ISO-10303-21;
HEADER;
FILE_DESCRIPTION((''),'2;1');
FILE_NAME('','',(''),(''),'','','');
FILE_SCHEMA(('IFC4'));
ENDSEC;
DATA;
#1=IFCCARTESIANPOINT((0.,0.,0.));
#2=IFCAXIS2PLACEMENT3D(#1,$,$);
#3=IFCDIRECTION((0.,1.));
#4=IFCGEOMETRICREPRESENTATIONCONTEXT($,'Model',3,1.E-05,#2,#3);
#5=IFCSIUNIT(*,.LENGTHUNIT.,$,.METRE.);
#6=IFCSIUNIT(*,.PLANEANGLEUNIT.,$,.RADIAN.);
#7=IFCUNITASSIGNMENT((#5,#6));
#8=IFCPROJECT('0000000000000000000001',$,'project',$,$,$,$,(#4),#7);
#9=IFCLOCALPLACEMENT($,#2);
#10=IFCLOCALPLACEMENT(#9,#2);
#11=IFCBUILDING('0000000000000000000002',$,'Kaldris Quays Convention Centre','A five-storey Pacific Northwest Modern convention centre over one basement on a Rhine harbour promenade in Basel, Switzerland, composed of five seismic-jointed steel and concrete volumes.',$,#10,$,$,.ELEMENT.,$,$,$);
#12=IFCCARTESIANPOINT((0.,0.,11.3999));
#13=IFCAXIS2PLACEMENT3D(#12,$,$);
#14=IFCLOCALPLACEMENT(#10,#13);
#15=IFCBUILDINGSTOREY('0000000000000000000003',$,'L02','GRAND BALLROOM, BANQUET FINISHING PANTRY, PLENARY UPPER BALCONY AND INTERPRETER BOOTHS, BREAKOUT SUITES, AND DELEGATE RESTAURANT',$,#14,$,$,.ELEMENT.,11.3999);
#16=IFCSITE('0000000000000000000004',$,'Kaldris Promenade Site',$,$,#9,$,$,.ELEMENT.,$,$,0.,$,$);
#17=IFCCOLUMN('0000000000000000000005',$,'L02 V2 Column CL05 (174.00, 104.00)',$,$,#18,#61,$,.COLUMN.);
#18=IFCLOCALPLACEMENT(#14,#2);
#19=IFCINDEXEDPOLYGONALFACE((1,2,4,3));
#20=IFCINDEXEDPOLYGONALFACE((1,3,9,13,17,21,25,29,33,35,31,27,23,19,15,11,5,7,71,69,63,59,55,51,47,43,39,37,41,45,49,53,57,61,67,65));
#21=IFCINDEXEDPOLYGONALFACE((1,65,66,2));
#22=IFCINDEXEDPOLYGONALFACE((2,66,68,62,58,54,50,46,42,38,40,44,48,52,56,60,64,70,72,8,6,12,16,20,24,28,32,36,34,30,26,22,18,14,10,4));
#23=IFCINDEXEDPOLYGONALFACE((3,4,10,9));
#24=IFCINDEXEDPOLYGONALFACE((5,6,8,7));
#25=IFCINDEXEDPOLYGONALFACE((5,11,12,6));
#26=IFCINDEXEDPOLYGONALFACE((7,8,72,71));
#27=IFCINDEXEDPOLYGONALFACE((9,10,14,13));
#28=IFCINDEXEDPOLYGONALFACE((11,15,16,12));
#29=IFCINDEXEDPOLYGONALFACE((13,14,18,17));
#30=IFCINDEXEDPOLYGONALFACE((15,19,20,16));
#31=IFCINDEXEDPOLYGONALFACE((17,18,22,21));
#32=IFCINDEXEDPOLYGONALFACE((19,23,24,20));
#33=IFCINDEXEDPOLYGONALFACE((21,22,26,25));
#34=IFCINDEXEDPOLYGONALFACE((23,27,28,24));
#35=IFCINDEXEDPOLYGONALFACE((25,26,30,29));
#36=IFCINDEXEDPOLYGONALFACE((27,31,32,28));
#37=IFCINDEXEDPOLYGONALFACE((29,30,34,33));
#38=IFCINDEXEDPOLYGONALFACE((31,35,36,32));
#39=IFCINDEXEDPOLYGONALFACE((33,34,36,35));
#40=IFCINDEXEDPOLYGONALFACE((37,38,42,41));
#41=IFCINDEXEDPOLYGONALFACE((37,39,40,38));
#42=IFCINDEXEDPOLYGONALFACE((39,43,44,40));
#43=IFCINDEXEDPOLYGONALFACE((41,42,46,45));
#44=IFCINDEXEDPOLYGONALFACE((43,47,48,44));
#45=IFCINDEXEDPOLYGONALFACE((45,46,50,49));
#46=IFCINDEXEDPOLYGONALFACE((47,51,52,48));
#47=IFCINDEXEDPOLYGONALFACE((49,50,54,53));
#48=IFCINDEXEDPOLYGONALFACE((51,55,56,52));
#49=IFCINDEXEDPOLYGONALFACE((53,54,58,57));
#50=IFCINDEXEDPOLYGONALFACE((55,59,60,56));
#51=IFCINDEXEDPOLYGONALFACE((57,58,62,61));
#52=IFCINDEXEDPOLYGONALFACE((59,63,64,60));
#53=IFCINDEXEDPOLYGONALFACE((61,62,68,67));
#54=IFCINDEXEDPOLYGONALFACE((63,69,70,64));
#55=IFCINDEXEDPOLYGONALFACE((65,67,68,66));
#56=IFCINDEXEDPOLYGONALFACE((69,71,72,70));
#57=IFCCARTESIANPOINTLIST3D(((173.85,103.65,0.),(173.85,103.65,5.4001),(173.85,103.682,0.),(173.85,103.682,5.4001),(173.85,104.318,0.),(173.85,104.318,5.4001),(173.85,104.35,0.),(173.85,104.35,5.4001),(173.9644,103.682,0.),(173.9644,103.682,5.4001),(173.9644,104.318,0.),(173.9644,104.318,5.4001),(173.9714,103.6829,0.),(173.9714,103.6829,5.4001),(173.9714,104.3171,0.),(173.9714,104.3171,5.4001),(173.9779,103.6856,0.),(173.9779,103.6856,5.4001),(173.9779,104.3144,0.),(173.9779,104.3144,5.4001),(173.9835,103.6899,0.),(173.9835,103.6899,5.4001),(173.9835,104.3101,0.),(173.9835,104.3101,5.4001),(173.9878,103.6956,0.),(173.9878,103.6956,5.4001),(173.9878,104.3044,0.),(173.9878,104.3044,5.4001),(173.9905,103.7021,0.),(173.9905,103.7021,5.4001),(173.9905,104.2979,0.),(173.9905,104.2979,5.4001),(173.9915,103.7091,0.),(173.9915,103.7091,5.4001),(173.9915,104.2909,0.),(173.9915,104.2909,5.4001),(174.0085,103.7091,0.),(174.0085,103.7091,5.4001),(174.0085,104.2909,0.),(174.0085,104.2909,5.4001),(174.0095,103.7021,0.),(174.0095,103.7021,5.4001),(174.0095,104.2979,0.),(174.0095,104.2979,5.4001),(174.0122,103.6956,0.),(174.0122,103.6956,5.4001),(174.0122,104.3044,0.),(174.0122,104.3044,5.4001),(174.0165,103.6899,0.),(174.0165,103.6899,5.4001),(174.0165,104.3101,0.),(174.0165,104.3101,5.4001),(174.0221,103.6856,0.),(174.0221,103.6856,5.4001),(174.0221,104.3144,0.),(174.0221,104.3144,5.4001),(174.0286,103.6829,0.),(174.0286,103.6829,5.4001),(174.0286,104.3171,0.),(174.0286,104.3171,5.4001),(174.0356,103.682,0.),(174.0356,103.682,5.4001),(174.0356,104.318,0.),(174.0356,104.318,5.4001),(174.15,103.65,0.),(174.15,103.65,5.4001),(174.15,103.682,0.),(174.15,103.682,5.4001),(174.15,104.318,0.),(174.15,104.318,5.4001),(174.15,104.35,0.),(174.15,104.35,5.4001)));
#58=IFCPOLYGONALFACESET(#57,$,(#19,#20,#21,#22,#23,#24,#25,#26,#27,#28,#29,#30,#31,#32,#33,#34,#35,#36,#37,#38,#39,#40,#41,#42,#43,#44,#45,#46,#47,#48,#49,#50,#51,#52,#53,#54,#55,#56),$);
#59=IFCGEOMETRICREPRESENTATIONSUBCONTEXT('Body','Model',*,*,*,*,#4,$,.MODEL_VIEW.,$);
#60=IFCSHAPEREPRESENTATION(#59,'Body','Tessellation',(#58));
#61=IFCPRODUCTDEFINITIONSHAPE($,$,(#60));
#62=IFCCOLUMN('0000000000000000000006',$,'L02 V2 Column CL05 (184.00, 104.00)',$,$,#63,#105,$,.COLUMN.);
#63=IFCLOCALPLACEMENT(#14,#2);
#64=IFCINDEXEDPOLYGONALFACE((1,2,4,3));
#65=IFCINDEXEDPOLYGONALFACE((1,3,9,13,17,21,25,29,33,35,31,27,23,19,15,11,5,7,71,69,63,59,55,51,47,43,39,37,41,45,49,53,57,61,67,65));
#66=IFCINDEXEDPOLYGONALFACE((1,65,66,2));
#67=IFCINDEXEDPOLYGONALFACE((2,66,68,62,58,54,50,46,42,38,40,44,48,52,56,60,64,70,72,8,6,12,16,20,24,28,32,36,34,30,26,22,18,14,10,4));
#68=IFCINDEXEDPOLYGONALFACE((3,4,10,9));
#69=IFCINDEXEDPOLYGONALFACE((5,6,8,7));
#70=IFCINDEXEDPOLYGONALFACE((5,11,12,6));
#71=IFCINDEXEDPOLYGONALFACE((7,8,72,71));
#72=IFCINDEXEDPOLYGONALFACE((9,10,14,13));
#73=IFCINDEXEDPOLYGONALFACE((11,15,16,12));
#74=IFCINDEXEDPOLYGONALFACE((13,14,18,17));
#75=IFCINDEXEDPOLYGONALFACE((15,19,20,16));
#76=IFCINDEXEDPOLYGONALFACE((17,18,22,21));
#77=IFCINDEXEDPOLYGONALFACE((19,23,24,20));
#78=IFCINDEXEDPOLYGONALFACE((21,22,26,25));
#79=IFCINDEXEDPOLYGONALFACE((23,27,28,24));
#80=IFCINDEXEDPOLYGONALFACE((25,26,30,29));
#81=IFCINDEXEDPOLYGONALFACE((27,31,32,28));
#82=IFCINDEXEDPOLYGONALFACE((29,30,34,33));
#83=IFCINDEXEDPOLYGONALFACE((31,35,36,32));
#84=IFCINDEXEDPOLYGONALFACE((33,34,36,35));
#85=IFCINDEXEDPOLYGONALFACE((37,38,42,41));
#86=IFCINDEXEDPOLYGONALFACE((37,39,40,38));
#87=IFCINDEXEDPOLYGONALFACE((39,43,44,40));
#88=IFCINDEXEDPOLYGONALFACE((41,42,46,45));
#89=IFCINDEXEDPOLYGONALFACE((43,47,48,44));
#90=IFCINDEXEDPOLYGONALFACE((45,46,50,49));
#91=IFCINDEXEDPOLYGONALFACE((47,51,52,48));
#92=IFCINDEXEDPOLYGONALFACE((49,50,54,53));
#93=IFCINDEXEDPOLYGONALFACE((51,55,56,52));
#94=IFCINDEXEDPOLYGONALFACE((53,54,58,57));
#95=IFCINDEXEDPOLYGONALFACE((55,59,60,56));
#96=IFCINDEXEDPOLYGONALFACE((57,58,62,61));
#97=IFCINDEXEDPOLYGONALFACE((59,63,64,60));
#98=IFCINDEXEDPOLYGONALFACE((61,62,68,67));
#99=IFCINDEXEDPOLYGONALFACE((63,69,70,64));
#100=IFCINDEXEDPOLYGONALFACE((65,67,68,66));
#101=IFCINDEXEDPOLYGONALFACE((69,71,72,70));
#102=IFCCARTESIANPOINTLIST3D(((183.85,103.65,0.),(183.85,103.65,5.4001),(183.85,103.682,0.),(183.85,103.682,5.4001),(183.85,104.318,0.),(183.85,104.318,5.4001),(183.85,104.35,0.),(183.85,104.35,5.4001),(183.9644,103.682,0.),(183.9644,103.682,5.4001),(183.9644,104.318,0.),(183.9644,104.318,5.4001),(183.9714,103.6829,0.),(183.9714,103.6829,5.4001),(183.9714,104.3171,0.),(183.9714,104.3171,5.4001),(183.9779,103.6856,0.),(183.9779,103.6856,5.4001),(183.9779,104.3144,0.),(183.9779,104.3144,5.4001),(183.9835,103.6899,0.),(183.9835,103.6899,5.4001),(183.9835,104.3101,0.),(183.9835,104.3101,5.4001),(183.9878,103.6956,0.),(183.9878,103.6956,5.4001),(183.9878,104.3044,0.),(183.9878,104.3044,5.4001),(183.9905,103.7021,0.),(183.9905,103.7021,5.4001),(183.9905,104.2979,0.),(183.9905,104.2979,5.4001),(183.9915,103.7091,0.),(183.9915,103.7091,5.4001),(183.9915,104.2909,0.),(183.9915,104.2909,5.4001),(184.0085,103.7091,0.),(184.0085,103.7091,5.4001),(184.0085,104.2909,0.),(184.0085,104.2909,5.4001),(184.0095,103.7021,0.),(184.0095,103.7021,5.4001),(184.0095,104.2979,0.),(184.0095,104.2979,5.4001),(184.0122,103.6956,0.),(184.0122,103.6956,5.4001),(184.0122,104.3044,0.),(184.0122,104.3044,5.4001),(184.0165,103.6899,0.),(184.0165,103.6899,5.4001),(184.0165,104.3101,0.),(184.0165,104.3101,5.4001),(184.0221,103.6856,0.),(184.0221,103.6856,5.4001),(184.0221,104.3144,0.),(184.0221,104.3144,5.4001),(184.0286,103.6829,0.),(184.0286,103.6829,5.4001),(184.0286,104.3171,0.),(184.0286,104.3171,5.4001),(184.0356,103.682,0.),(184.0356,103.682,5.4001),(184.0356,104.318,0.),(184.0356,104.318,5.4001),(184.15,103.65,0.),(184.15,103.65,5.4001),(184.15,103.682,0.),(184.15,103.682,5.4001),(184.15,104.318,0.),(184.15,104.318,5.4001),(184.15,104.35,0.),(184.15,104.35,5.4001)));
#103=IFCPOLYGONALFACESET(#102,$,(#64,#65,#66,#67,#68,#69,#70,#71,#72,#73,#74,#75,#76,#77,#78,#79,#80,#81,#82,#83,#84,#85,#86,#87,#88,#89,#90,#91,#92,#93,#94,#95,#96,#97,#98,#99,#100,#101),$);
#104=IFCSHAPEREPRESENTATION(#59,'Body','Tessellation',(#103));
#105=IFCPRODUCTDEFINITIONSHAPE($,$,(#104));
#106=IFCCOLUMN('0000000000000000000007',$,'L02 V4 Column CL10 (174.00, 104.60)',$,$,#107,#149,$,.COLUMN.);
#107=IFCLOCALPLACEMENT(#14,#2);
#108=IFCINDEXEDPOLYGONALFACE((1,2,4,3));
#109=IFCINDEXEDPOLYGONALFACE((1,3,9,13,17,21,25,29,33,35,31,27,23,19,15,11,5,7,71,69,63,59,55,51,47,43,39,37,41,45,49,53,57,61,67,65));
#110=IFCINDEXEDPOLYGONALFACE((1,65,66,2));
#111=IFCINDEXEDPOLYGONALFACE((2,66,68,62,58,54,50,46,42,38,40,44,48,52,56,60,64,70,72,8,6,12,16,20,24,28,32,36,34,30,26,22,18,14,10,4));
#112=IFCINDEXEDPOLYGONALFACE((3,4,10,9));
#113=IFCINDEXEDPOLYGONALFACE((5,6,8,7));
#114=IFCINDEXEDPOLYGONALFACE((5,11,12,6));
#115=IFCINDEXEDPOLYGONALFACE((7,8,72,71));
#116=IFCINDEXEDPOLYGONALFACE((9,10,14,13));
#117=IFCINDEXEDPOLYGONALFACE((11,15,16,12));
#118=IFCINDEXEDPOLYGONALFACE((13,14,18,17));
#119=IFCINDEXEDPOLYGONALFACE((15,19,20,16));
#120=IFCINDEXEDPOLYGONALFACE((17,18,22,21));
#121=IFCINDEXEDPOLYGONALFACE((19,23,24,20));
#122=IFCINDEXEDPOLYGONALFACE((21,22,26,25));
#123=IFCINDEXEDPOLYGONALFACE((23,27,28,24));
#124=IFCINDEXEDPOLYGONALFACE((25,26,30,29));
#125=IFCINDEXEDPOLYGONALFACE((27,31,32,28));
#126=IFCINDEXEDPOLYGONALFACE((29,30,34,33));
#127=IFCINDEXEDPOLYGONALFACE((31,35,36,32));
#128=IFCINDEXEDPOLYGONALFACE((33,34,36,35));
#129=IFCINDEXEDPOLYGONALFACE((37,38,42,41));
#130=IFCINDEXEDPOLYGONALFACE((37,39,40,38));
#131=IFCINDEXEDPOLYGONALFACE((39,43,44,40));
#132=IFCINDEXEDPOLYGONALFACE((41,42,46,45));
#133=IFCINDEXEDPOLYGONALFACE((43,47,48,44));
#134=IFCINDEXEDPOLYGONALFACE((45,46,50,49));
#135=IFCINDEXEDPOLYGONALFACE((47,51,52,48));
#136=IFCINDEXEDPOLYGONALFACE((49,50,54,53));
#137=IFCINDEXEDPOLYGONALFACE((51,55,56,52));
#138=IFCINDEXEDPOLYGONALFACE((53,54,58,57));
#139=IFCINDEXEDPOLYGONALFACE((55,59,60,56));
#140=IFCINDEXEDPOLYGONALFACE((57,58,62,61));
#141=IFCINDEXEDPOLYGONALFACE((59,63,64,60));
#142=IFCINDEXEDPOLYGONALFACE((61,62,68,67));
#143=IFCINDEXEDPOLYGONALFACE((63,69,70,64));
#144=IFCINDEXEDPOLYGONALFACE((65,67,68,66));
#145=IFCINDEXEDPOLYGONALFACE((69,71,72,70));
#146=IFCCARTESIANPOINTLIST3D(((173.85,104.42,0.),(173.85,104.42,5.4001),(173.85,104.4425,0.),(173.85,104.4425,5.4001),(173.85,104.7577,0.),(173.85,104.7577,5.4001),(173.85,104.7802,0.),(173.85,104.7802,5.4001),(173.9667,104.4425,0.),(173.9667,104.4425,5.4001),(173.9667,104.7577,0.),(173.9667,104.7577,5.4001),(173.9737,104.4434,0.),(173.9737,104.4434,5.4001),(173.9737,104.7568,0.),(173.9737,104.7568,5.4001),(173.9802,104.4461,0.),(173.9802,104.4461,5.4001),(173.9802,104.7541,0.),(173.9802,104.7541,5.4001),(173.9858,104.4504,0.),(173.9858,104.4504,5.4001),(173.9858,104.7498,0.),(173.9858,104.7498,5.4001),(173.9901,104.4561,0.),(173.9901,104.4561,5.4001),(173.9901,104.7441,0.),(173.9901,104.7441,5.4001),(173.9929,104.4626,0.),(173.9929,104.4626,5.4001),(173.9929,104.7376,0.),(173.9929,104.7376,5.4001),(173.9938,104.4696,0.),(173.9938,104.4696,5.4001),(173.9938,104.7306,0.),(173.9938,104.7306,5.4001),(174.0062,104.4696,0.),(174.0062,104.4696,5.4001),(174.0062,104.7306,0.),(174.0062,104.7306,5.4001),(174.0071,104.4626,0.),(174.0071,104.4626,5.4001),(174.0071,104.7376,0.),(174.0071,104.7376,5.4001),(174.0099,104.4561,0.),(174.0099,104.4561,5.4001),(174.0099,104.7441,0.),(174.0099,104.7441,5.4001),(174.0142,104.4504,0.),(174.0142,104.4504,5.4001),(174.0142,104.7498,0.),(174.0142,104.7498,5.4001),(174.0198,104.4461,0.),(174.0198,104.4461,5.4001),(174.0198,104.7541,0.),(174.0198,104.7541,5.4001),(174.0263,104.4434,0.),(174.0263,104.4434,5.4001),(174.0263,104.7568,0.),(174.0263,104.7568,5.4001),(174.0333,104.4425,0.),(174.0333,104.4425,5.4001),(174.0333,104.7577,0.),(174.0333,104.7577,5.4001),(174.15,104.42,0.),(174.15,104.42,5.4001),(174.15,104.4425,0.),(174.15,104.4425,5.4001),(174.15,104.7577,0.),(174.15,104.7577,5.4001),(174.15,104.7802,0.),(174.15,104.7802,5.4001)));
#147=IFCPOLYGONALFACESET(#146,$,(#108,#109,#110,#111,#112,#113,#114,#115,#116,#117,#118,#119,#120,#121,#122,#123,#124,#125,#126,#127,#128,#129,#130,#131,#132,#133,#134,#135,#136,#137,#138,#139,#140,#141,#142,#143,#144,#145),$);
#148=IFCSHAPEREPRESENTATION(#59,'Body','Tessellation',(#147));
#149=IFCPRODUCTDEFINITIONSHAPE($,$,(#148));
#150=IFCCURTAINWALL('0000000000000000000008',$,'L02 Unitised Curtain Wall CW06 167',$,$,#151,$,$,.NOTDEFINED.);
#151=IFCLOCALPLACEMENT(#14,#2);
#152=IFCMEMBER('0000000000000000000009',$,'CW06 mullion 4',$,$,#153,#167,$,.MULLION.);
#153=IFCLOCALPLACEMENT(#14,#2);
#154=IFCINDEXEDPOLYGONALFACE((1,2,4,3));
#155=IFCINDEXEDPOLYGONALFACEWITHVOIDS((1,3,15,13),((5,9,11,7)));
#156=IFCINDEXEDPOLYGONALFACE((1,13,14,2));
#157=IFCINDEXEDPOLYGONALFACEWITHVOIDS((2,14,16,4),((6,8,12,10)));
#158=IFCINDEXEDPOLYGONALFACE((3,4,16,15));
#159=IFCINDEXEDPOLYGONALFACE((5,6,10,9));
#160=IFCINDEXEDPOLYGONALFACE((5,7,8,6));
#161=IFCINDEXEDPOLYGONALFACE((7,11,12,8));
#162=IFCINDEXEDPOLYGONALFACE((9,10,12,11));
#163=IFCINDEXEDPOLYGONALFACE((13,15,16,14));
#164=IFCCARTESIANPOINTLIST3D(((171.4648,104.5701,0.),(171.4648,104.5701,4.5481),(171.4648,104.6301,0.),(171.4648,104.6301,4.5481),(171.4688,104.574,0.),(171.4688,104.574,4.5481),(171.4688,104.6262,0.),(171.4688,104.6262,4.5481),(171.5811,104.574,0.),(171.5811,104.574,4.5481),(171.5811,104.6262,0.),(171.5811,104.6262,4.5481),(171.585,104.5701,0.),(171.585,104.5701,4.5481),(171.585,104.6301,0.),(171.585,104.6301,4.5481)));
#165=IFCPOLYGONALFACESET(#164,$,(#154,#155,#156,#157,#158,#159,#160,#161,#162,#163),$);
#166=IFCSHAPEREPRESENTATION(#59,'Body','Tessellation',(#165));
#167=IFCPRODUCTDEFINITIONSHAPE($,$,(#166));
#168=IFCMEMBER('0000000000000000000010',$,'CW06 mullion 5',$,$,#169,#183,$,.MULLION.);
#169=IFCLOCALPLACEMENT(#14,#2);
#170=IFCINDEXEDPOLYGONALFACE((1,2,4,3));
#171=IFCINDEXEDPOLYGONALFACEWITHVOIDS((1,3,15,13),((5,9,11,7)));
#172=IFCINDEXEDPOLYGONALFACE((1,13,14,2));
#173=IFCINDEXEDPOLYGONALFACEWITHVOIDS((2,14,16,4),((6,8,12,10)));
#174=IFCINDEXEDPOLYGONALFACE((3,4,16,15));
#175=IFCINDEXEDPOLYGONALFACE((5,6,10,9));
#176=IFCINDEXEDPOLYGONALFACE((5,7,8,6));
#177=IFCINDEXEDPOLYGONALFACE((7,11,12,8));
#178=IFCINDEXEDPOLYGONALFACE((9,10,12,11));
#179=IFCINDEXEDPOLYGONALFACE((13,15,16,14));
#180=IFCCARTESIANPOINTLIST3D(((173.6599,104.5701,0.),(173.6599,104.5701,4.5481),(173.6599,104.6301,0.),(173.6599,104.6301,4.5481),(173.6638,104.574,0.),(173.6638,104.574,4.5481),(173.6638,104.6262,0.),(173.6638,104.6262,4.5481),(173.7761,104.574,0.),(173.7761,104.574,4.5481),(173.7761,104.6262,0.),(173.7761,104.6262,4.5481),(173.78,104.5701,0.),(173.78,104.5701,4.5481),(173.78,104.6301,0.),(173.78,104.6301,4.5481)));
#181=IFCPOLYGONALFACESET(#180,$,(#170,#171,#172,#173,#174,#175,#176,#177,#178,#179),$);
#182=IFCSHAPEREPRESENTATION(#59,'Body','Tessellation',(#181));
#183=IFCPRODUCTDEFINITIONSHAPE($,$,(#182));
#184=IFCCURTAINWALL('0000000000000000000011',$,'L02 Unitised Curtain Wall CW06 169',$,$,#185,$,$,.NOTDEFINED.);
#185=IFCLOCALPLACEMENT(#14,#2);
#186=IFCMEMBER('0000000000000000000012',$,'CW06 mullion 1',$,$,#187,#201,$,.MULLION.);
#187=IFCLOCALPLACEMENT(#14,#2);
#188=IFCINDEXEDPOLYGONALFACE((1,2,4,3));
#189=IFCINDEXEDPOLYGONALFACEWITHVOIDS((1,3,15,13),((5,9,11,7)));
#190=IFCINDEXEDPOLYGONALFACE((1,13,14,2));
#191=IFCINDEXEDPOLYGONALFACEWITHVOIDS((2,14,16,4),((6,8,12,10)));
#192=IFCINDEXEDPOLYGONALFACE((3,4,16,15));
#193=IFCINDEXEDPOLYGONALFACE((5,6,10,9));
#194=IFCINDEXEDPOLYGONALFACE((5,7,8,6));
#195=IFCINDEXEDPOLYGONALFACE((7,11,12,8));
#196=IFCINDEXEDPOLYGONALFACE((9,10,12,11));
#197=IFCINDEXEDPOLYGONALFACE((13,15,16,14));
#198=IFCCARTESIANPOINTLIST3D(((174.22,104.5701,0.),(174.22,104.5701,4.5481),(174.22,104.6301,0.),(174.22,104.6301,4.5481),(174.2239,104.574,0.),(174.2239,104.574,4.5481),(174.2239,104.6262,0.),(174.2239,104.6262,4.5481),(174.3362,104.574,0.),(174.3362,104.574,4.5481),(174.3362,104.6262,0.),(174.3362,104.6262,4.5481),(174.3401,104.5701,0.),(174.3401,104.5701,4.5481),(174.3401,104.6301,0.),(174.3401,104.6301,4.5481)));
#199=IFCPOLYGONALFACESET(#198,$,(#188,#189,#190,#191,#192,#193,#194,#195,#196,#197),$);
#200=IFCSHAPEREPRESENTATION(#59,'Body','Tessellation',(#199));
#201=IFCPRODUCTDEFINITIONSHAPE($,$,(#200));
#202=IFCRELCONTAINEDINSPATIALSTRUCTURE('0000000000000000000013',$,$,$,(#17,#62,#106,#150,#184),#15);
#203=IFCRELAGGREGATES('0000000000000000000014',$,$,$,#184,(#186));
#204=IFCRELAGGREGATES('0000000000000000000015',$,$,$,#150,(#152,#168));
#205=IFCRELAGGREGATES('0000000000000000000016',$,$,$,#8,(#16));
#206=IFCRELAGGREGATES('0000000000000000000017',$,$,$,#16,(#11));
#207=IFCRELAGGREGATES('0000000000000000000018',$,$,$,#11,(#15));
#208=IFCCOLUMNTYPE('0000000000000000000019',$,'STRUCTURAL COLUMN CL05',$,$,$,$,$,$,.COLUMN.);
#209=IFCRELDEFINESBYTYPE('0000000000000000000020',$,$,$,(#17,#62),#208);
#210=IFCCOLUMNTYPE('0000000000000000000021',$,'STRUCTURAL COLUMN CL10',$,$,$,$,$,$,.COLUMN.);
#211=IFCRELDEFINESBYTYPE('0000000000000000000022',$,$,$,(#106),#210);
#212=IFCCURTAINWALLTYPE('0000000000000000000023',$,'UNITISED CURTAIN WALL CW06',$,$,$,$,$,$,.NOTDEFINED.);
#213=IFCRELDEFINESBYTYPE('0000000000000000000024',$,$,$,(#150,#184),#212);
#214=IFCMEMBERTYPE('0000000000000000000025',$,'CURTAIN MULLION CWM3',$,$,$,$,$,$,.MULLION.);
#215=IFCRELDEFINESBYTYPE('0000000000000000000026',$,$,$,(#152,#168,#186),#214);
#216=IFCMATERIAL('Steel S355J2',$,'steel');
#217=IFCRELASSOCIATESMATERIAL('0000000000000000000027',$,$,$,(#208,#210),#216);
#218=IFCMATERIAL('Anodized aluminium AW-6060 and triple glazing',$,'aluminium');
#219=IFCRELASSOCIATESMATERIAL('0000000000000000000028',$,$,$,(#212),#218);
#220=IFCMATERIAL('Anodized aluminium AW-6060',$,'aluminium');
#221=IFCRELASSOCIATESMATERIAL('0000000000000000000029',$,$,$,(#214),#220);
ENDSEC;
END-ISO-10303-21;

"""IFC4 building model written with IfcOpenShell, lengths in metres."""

from ifc_helpers import new_model, si_unit, direction, frame, origin, origin_2d, place, context, subcontext, project, spatial, hollow_rectangle, i_section, extrude, material, material_profile, profile_set, type_object, element, aggregate, save


model = new_model("IFC4")

# Units and contexts
model_context = context("Model", 3, precision=1e-05, world=origin(), true_north=direction((0.0, 1.0)))
body_context = subcontext(model_context, "Body", "Model", "MODEL_VIEW")
ifc_project = project(units=[si_unit("LENGTHUNIT", "METRE"), si_unit("PLANEANGLEUNIT", "RADIAN")], contexts=[model_context])

# Site, building, storey
site_placement = place(None, origin())
site = spatial("IfcSite", under=ifc_project, at=site_placement, Name="Kaldris Promenade Site", CompositionType="ELEMENT", RefElevation=0.0)
building_placement = place(site_placement, origin())
building = spatial("IfcBuilding", under=site, at=building_placement, Name="Kaldris Quays Convention Centre", Description="A five-storey Pacific Northwest Modern convention centre over one basement on a Rhine harbour promenade in Basel, Switzerland, composed of five seismic-jointed steel and concrete volumes.", CompositionType="ELEMENT")
storey_placement = place(building_placement, frame((0.0, 0.0, 11.3999)))
storey = spatial("IfcBuildingStorey", under=building, at=storey_placement, Name="L02", Description="GRAND BALLROOM, BANQUET FINISHING PANTRY, PLENARY UPPER BALCONY AND INTERPRETER BOOTHS, BREAKOUT SUITES, AND DELEGATE RESTAURANT", CompositionType="ELEMENT", Elevation=11.3999)

# Columns
ifc_material_1 = material(Name="Steel S355J2", Category="steel")
ifc_material_profile_1 = material_profile(ifc_material_1, i_section(OverallWidth=0.3, OverallDepth=0.7, WebThickness=0.0171, FlangeThickness=0.032, FilletRadius=0.0271, at=origin_2d()), Name="HEB 700")
ifc_profile_set_1 = profile_set([ifc_material_profile_1], Name="Steel S355J2")
column_type_1 = type_object("IfcColumnType", Name="STRUCTURAL COLUMN CL05", PredefinedType="COLUMN", material=ifc_profile_set_1)
for number, where, z_axis, x_axis, name in (
    (1, (174.0, 104.0, 0.0), (0.0, 0.0, 1.0), (1.0, 0.0, 0.0), "L02 V2 Column CL05 (174.00, 104.00)"),
    (2, (184.0, 104.0, 0.0), (0.0, 0.0, 1.0), (1.0, 0.0, 0.0), "L02 V2 Column CL05 (184.00, 104.00)"),
):
    element("IfcColumn", number, at=place(storey_placement, frame(where, z_axis=z_axis, x_axis=x_axis)), inside=storey, type_object=column_type_1, Name=name, PredefinedType="COLUMN", context=body_context, shape_type="SweptSolid", body=[
        extrude(i_section(OverallWidth=0.3, OverallDepth=0.7, WebThickness=0.0171, FlangeThickness=0.032, FilletRadius=0.0271, at=origin_2d()), origin(), (0.0, 0.0, 1.0), 5.4001),
    ])
ifc_material_profile_2 = material_profile(ifc_material_1, i_section(OverallWidth=0.3, OverallDepth=0.3601, WebThickness=0.0125, FlangeThickness=0.0225, FilletRadius=0.0271, at=origin_2d()), Name="HEB 360")
ifc_profile_set_2 = profile_set([ifc_material_profile_2], Name="Steel S355J2")
column_type_2 = type_object("IfcColumnType", Name="STRUCTURAL COLUMN CL10", PredefinedType="COLUMN", material=ifc_profile_set_2)
column_placement = place(storey_placement, frame((174.0, 104.6001, 0.0), z_axis=(0.0, 0.0, 1.0), x_axis=(1.0, 0.0, 0.0)))
element("IfcColumn", 3, at=column_placement, inside=storey, type_object=column_type_2, Name="L02 V4 Column CL10 (174.00, 104.60)", PredefinedType="COLUMN", context=body_context, shape_type="SweptSolid", body=[
    extrude(i_section(OverallWidth=0.3, OverallDepth=0.3601, WebThickness=0.0125, FlangeThickness=0.0225, FilletRadius=0.0271, at=origin_2d()), origin(), (0.0, 0.0, 1.0), 5.4001),
])

# Curtain walls, members
ifc_material_2 = material(Name="Anodized aluminium AW-6060 and triple glazing", Category="aluminium")
curtain_wall_type = type_object("IfcCurtainWallType", Name="UNITISED CURTAIN WALL CW06", PredefinedType="NOTDEFINED", material=ifc_material_2)
curtain_wall_1_placement = place(storey_placement, origin())
curtain_wall_1 = element("IfcCurtainWall", 4, at=curtain_wall_1_placement, inside=storey, type_object=curtain_wall_type, Name="L02 Unitised Curtain Wall CW06 167", PredefinedType="NOTDEFINED")
ifc_material_3 = material(Name="Anodized aluminium AW-6060", Category="aluminium")
ifc_material_profile_3 = material_profile(ifc_material_3, hollow_rectangle(XDim=0.0601, YDim=0.1201, WallThickness=0.0039, at=origin_2d()), Name="RHS 120x60x4")
ifc_profile_set_3 = profile_set([ifc_material_profile_3], Name="Anodized aluminium AW-6060")
member_type_1 = type_object("IfcMemberType", Name="CURTAIN MULLION CWM3", PredefinedType="MULLION", material=ifc_profile_set_3)
member_1_placement = place(storey_placement, frame((171.5249, 104.6001, 0.0), z_axis=(0.0, 0.0, 1.0), x_axis=(0.0, 1.0, 0.0)))
member_1 = element("IfcMember", 5, at=member_1_placement, type_object=member_type_1, Name="CW06 mullion 4", PredefinedType="MULLION", context=body_context, shape_type="SweptSolid", body=[
    extrude(hollow_rectangle(XDim=0.0601, YDim=0.1201, WallThickness=0.0039, at=origin_2d()), origin(), (0.0, 0.0, 1.0), 4.5481),
])
member_2_placement = place(storey_placement, frame((173.72, 104.6001, 0.0), z_axis=(0.0, 0.0, 1.0), x_axis=(0.0, 1.0, 0.0)))
member_2 = element("IfcMember", 6, at=member_2_placement, type_object=member_type_1, Name="CW06 mullion 5", PredefinedType="MULLION", context=body_context, shape_type="SweptSolid", body=[
    extrude(hollow_rectangle(XDim=0.0601, YDim=0.1201, WallThickness=0.0039, at=origin_2d()), origin(), (0.0, 0.0, 1.0), 4.5481),
])
curtain_wall_2_placement = place(storey_placement, origin())
curtain_wall_2 = element("IfcCurtainWall", 7, at=curtain_wall_2_placement, inside=storey, type_object=curtain_wall_type, Name="L02 Unitised Curtain Wall CW06 169", PredefinedType="NOTDEFINED")
member_3_placement = place(storey_placement, frame((174.28, 104.6001, 0.0), z_axis=(0.0, 0.0, 1.0), x_axis=(0.0, 1.0, 0.0)))
member_3 = element("IfcMember", 8, at=member_3_placement, type_object=member_type_1, Name="CW06 mullion 1", PredefinedType="MULLION", context=body_context, shape_type="SweptSolid", body=[
    extrude(hollow_rectangle(XDim=0.0601, YDim=0.1201, WallThickness=0.0039, at=origin_2d()), origin(), (0.0, 0.0, 1.0), 4.5481),
])

aggregate(curtain_wall_2, [member_3])
aggregate(curtain_wall_1, [member_1, member_2])

save(model, "model.ifc")
